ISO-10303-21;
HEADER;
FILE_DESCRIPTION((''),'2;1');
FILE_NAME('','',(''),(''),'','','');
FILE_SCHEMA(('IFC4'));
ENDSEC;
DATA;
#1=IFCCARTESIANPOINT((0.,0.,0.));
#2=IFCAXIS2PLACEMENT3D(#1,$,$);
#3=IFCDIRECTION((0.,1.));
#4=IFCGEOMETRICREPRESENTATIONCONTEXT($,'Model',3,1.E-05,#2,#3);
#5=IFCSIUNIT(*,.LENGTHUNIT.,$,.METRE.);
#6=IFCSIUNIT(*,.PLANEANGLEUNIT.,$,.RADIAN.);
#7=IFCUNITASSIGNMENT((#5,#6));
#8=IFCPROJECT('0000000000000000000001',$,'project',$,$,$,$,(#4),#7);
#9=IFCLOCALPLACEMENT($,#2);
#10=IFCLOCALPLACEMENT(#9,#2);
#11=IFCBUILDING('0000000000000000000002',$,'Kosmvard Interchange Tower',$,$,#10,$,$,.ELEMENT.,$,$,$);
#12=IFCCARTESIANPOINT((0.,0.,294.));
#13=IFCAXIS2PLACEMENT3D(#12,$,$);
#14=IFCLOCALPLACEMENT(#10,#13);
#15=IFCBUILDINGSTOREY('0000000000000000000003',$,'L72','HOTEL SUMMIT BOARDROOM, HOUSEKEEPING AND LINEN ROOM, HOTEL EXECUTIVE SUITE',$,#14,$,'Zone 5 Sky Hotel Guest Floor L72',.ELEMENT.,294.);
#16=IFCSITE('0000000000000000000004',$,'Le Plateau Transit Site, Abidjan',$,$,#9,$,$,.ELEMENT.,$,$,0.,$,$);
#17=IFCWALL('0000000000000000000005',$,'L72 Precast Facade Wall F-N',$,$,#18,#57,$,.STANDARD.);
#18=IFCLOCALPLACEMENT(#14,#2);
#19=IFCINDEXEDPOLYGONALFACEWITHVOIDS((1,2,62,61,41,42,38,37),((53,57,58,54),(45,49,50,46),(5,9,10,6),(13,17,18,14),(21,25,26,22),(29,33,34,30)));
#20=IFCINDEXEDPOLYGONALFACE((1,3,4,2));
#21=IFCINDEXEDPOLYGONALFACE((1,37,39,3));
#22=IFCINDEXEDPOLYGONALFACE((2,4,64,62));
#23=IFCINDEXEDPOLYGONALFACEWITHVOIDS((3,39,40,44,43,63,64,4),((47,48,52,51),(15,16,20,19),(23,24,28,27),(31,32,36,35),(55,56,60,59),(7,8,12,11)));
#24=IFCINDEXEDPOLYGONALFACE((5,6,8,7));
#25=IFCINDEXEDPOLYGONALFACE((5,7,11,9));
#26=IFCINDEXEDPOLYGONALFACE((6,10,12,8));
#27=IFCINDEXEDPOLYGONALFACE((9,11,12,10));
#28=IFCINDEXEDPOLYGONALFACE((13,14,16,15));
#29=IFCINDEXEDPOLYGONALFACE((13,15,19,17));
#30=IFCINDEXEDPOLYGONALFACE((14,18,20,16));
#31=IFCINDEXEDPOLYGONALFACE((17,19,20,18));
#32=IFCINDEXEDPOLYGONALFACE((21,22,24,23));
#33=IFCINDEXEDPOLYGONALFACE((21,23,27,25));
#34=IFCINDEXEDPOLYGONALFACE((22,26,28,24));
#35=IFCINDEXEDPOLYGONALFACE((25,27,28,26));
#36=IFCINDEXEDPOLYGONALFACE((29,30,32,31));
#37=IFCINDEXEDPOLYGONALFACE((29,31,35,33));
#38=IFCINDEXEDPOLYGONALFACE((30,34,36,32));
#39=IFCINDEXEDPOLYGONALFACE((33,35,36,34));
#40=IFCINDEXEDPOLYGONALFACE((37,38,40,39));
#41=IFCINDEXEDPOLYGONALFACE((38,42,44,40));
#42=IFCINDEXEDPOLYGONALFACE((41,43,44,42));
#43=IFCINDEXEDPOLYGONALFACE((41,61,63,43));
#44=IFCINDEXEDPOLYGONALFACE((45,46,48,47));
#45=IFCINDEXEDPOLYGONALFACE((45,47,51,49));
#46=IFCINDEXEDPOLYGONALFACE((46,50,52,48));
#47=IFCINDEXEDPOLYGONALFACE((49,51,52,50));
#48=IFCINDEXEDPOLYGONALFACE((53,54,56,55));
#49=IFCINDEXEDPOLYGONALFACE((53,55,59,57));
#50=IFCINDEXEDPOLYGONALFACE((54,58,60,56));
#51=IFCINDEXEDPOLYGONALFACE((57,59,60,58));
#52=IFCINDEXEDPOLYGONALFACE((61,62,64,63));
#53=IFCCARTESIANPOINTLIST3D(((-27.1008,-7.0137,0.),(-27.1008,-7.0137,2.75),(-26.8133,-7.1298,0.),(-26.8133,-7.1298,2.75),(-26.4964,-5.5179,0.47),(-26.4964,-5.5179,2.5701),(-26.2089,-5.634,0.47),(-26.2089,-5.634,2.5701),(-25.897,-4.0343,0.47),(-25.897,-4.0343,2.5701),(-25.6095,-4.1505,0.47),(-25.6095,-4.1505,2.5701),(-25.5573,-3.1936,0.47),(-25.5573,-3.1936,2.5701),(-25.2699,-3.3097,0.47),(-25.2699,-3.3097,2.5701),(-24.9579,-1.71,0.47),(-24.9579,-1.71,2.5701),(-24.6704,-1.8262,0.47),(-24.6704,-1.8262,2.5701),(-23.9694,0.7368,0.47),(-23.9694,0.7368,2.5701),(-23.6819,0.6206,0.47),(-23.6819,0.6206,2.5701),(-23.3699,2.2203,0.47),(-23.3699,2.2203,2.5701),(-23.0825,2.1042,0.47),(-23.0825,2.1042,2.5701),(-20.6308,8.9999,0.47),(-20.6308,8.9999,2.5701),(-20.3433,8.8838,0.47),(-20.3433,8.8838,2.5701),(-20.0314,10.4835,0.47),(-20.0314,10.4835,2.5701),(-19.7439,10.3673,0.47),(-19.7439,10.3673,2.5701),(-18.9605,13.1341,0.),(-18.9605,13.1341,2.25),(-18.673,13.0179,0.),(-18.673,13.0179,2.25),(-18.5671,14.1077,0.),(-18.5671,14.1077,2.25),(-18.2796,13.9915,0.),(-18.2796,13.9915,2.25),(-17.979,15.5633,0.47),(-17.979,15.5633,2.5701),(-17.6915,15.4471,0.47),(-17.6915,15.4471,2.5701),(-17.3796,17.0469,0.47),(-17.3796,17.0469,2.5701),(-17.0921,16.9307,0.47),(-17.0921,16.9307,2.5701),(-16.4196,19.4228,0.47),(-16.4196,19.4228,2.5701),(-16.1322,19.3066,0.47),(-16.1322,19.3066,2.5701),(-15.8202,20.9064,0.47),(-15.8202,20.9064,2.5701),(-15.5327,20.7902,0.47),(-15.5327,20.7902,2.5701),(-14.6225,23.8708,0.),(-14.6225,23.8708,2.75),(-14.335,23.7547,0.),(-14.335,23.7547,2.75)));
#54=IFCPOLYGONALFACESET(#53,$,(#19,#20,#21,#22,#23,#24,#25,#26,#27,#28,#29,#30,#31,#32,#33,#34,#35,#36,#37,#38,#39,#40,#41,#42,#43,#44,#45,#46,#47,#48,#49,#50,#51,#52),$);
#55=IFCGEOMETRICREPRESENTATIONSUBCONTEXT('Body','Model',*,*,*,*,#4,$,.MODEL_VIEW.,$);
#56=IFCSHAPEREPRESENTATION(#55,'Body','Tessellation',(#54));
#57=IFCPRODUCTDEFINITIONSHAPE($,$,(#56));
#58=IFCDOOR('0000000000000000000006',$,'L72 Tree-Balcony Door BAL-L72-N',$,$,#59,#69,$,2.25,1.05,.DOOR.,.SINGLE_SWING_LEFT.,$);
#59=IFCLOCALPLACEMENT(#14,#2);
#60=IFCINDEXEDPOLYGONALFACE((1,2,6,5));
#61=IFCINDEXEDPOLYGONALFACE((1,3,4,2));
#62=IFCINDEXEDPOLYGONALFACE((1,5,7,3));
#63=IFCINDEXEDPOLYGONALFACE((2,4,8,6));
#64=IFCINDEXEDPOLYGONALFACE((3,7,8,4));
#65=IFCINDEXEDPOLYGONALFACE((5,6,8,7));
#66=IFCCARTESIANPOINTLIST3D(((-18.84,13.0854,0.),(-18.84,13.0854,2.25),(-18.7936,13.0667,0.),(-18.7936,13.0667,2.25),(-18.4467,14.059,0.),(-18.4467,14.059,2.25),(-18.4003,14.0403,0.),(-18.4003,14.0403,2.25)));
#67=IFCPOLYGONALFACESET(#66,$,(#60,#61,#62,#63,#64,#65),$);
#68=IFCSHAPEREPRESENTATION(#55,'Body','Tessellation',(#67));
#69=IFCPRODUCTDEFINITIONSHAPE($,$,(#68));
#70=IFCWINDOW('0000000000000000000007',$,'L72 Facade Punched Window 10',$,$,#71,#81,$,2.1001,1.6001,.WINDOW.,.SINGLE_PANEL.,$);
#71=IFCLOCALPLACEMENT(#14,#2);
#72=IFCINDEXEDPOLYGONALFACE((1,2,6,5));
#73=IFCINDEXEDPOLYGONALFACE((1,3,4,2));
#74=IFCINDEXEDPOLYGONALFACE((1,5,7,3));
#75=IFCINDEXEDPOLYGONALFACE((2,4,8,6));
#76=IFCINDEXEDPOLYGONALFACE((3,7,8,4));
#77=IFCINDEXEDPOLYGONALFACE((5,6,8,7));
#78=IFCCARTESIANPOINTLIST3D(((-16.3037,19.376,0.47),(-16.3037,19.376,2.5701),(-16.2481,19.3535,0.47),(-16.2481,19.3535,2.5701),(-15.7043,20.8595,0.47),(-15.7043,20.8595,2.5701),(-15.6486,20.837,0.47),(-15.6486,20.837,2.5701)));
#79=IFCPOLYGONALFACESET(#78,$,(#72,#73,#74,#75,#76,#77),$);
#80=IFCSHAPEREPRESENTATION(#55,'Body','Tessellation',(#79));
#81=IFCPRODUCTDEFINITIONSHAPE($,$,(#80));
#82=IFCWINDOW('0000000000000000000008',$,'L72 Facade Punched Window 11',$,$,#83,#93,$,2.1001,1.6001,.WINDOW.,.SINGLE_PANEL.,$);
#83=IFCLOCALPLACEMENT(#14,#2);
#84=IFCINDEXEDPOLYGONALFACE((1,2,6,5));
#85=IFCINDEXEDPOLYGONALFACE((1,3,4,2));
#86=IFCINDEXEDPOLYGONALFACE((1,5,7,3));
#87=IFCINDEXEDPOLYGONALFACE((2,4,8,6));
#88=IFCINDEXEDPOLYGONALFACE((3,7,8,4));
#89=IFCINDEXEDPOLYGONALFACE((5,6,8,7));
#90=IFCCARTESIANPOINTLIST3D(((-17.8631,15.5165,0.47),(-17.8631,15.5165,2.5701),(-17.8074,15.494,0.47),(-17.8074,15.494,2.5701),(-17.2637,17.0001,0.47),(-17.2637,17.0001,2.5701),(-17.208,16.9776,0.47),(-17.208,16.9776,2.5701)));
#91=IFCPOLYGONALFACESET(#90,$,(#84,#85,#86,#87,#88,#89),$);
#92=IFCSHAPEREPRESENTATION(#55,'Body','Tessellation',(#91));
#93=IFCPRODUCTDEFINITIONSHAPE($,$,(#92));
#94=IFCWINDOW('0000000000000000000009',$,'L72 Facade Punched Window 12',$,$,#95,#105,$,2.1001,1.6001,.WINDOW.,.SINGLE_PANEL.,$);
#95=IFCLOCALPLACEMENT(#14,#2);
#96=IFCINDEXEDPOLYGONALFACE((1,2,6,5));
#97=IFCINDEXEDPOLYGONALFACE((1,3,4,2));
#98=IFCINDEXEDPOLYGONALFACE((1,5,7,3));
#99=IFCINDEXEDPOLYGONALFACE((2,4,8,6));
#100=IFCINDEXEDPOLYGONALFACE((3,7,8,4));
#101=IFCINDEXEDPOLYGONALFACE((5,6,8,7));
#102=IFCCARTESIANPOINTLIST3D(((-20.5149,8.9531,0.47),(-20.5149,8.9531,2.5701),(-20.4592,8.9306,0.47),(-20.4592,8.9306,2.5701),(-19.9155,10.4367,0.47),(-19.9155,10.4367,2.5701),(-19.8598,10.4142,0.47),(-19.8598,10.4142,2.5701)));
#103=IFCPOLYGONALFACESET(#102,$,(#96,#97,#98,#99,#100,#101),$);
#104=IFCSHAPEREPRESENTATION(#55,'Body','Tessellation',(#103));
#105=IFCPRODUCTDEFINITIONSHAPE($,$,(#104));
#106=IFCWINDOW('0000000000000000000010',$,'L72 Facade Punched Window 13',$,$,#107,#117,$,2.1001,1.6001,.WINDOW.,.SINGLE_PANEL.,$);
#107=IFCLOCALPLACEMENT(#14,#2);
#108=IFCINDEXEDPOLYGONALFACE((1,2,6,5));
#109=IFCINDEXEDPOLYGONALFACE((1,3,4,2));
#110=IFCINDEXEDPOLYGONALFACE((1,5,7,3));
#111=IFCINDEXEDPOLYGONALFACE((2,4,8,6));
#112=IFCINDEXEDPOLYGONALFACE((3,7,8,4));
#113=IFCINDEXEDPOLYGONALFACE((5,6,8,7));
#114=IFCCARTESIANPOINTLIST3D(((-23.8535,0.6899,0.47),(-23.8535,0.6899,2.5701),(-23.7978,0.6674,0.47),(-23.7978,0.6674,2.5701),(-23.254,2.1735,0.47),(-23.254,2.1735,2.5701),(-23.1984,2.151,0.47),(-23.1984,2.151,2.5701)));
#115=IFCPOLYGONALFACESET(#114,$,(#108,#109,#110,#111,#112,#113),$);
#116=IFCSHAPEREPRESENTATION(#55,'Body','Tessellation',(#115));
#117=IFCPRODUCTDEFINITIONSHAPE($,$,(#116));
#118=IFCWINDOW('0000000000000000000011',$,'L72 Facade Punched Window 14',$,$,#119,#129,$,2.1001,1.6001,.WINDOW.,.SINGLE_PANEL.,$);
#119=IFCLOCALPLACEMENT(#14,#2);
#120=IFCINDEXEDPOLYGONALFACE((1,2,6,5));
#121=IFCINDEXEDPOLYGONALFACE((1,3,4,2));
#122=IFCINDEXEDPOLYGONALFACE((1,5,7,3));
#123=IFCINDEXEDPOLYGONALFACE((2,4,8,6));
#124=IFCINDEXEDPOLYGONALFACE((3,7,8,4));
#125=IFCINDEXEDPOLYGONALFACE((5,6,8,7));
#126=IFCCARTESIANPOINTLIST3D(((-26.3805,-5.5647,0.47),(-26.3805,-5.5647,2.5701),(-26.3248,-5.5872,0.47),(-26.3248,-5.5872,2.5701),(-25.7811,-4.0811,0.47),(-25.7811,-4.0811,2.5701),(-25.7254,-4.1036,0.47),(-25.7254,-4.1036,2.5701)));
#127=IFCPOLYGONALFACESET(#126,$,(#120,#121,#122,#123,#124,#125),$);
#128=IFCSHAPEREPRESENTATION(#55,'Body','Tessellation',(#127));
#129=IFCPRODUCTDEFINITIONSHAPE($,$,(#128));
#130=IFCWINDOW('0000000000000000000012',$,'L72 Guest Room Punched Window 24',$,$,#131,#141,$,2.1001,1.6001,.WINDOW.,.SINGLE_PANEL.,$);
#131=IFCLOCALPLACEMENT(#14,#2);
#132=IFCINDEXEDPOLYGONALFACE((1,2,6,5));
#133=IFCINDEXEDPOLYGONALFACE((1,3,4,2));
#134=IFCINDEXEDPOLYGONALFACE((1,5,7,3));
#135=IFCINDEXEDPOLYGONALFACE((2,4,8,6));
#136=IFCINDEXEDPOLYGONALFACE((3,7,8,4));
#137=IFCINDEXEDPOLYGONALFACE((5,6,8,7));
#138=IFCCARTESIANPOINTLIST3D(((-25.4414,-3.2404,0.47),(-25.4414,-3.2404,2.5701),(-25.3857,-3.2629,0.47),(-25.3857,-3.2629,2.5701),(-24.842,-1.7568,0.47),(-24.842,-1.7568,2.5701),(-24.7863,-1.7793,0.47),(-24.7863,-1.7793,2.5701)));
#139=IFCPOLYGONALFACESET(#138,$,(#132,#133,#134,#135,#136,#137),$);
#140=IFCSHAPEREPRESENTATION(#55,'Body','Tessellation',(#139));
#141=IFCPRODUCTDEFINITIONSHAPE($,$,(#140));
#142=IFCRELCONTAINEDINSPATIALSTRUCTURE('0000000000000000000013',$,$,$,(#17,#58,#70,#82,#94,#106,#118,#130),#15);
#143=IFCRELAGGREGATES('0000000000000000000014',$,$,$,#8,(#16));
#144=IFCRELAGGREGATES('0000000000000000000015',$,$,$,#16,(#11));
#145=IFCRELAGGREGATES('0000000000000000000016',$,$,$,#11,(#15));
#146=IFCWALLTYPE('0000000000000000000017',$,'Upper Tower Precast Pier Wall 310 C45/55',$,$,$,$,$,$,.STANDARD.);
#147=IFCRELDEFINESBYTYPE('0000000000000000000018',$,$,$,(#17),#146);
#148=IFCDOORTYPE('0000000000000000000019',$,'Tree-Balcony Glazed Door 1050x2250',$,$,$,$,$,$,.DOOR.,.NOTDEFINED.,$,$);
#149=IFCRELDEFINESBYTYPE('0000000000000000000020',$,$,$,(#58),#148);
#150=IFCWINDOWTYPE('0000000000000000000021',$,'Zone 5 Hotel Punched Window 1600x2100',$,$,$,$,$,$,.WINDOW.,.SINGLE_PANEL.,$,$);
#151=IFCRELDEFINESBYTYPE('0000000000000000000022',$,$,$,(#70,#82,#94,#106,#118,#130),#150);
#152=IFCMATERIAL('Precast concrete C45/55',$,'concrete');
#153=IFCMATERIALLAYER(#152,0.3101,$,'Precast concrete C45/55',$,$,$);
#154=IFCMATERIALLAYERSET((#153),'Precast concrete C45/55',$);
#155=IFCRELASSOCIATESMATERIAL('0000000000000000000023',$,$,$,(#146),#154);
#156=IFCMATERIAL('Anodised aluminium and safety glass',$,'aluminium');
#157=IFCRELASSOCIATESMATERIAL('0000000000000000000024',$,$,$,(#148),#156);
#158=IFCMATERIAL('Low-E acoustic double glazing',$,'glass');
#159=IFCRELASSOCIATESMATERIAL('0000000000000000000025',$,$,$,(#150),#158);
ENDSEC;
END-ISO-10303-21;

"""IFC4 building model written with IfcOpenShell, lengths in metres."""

from ifc_helpers import new_model, si_unit, direction, frame, frame_2d, origin, place, context, subcontext, project, spatial, rectangle, extrude, source, transform, mapped, material, layer, layer_set, type_object, element, fill, save


model = new_model("IFC4")

# Units and contexts
model_context = context("Model", 3, precision=1e-05, world=origin(), true_north=direction((0.0, 1.0)))
body_context = subcontext(model_context, "Body", "Model", "MODEL_VIEW")
ifc_project = project(units=[si_unit("LENGTHUNIT", "METRE"), si_unit("PLANEANGLEUNIT", "RADIAN")], contexts=[model_context])

# Site, building, storey
site_placement = place(None, origin())
site = spatial("IfcSite", under=ifc_project, at=site_placement, Name="Le Plateau Transit Site, Abidjan", CompositionType="ELEMENT", RefElevation=0.0)
building_placement = place(site_placement, origin())
building = spatial("IfcBuilding", under=site, at=building_placement, Name="Kosmvard Interchange Tower", CompositionType="ELEMENT")
storey_placement = place(building_placement, frame((0.0, 0.0, 294.0)))
storey = spatial("IfcBuildingStorey", under=building, at=storey_placement, Name="L72", Description="HOTEL SUMMIT BOARDROOM, HOUSEKEEPING AND LINEN ROOM, HOTEL EXECUTIVE SUITE", LongName="Zone 5 Sky Hotel Guest Floor L72", CompositionType="ELEMENT", Elevation=294.0)

# Wall, openings, door, windows
ifc_material_1 = material(Name="Precast concrete C45/55", Category="concrete")
ifc_layer_1 = layer(ifc_material_1, 0.3101, Name="Precast concrete C45/55")
ifc_layer_set_1 = layer_set([ifc_layer_1], Name="Precast concrete C45/55")
wall_type = type_object("IfcWallType", Name="Upper Tower Precast Pier Wall 310 C45/55", PredefinedType="STANDARD", material=ifc_layer_set_1)
wall_placement = place(storey_placement, frame((-14.4788, 23.8127, 0.0), z_axis=(0.0, 0.0, 1.0), x_axis=(-0.37461, -0.927183, 0.0)))
wall = element("IfcWall", 1, at=wall_placement, inside=storey, type_object=wall_type, Name="L72 Precast Facade Wall F-N", PredefinedType="STANDARD", context=body_context, shape_type="SweptSolid", body=[
    extrude(rectangle(XDim=33.3101, YDim=0.3101, at=frame_2d((16.655, 0.0))), origin(), (0.0, 0.0, 1.0), 2.75),
])
opening_1_placement = place(wall_placement, frame((10.53, 0.0, 0.0)))
opening_1 = element("IfcOpeningElement", 2, at=opening_1_placement, cuts=wall, PredefinedType="OPENING", context=body_context, shape_type="SweptSolid", body=[
    extrude(rectangle(XDim=1.05, YDim=2.25, at=frame_2d((0.5249, 1.125))), frame((0.0, 0.165, 0.0), z_axis=(0.0, -1.0, 0.0), x_axis=(1.0, 0.0, 0.0)), (0.0, 0.0, 1.0), 0.3301),
])
opening_2_placement = place(wall_placement, frame((3.1973, 0.0, 0.47)))
opening_2 = element("IfcOpeningElement", 3, at=opening_2_placement, cuts=wall, PredefinedType="OPENING", context=body_context, shape_type="SweptSolid", body=[
    extrude(rectangle(XDim=1.6001, YDim=2.1001, at=frame_2d((0.8, 1.05))), frame((0.0, 0.165, 0.0), z_axis=(0.0, -1.0, 0.0), x_axis=(1.0, 0.0, 0.0)), (0.0, 0.0, 1.0), 0.3301),
])
opening_3_placement = place(wall_placement, frame((7.3599, 0.0, 0.47)))
opening_3 = element("IfcOpeningElement", 4, at=opening_3_placement, cuts=wall, PredefinedType="OPENING", context=body_context, shape_type="SweptSolid", body=[
    extrude(rectangle(XDim=1.6001, YDim=2.1001, at=frame_2d((0.8, 1.05))), frame((0.0, 0.165, 0.0), z_axis=(0.0, -1.0, 0.0), x_axis=(1.0, 0.0, 0.0)), (0.0, 0.0, 1.0), 0.3301),
])
opening_4_placement = place(wall_placement, frame((14.4387, 0.0, 0.47)))
opening_4 = element("IfcOpeningElement", 5, at=opening_4_placement, cuts=wall, PredefinedType="OPENING", context=body_context, shape_type="SweptSolid", body=[
    extrude(rectangle(XDim=1.6001, YDim=2.1001, at=frame_2d((0.8, 1.05))), frame((0.0, 0.165, 0.0), z_axis=(0.0, -1.0, 0.0), x_axis=(1.0, 0.0, 0.0)), (0.0, 0.0, 1.0), 0.3301),
])
opening_5_placement = place(wall_placement, frame((23.3508, 0.0, 0.47)))
opening_5 = element("IfcOpeningElement", 6, at=opening_5_placement, cuts=wall, PredefinedType="OPENING", context=body_context, shape_type="SweptSolid", body=[
    extrude(rectangle(XDim=1.6001, YDim=2.1001, at=frame_2d((0.8, 1.05))), frame((0.0, 0.165, 0.0), z_axis=(0.0, -1.0, 0.0), x_axis=(1.0, 0.0, 0.0)), (0.0, 0.0, 1.0), 0.3301),
])
opening_6_placement = place(wall_placement, frame((30.0967, 0.0, 0.47)))
opening_6 = element("IfcOpeningElement", 7, at=opening_6_placement, cuts=wall, PredefinedType="OPENING", context=body_context, shape_type="SweptSolid", body=[
    extrude(rectangle(XDim=1.6001, YDim=2.1001, at=frame_2d((0.8, 1.05))), frame((0.0, 0.165, 0.0), z_axis=(0.0, -1.0, 0.0), x_axis=(1.0, 0.0, 0.0)), (0.0, 0.0, 1.0), 0.3301),
])
opening_7_placement = place(wall_placement, frame((27.5898, 0.0, 0.47)))
opening_7 = element("IfcOpeningElement", 8, at=opening_7_placement, cuts=wall, PredefinedType="OPENING", context=body_context, shape_type="SweptSolid", body=[
    extrude(rectangle(XDim=1.6001, YDim=2.1001, at=frame_2d((0.8, 1.05))), frame((0.0, 0.165, 0.0), z_axis=(0.0, -1.0, 0.0), x_axis=(1.0, 0.0, 0.0)), (0.0, 0.0, 1.0), 0.3301),
])
ifc_material_2 = material(Name="Anodised aluminium and safety glass", Category="aluminium")
door_type = type_object("IfcDoorType", Name="Tree-Balcony Glazed Door 1050x2250", OperationType="NOTDEFINED", PredefinedType="DOOR", material=ifc_material_2)
shared_shape_1 = source(origin(), body_context, "Body", "SweptSolid", [
    extrude(rectangle(XDim=1.05, YDim=2.25, at=frame_2d((0.5249, 1.125))), frame((0.0, 0.0249, 0.0), z_axis=(0.0, -1.0, 0.0), x_axis=(1.0, 0.0, 0.0)), (0.0, 0.0, 1.0), 0.05),
])
door_placement = place(opening_1_placement, origin())
door = element("IfcDoor", 9, at=door_placement, inside=storey, type_object=door_type, Name="L72 Tree-Balcony Door BAL-L72-N", OperationType="SINGLE_SWING_LEFT", OverallHeight=2.25, OverallWidth=1.05, PredefinedType="DOOR", context=body_context, shape_type="MappedRepresentation", body=[
    mapped(shared_shape_1, transform((0.0, 0.0, 0.0), scale=1.0)),
])
fill(opening_1, door)
ifc_material_3 = material(Name="Low-E acoustic double glazing", Category="glass")
window_type = type_object("IfcWindowType", Name="Zone 5 Hotel Punched Window 1600x2100", PartitioningType="SINGLE_PANEL", PredefinedType="WINDOW", material=ifc_material_3)
shared_shape_2 = source(origin(), body_context, "Body", "SweptSolid", [
    extrude(rectangle(XDim=1.6001, YDim=2.1001, at=frame_2d((0.8, 1.05))), frame((0.0, 0.03, 0.0), z_axis=(0.0, -1.0, 0.0), x_axis=(1.0, 0.0, 0.0)), (0.0, 0.0, 1.0), 0.0601),
])
window_1_placement = place(opening_2_placement, origin())
window_1 = element("IfcWindow", 10, at=window_1_placement, inside=storey, type_object=window_type, Name="L72 Facade Punched Window 10", OverallHeight=2.1001, OverallWidth=1.6001, PartitioningType="SINGLE_PANEL", PredefinedType="WINDOW", context=body_context, shape_type="MappedRepresentation", body=[
    mapped(shared_shape_2, transform((0.0, 0.0, 0.0), scale=1.0)),
])
fill(opening_2, window_1)
window_2_placement = place(opening_3_placement, origin())
window_2 = element("IfcWindow", 11, at=window_2_placement, inside=storey, type_object=window_type, Name="L72 Facade Punched Window 11", OverallHeight=2.1001, OverallWidth=1.6001, PartitioningType="SINGLE_PANEL", PredefinedType="WINDOW", context=body_context, shape_type="MappedRepresentation", body=[
    mapped(shared_shape_2, transform((0.0, 0.0, 0.0), scale=1.0)),
])
fill(opening_3, window_2)
window_3_placement = place(opening_4_placement, origin())
window_3 = element("IfcWindow", 12, at=window_3_placement, inside=storey, type_object=window_type, Name="L72 Facade Punched Window 12", OverallHeight=2.1001, OverallWidth=1.6001, PartitioningType="SINGLE_PANEL", PredefinedType="WINDOW", context=body_context, shape_type="MappedRepresentation", body=[
    mapped(shared_shape_2, transform((0.0, 0.0, 0.0), scale=1.0)),
])
fill(opening_4, window_3)
window_4_placement = place(opening_5_placement, origin())
window_4 = element("IfcWindow", 13, at=window_4_placement, inside=storey, type_object=window_type, Name="L72 Facade Punched Window 13", OverallHeight=2.1001, OverallWidth=1.6001, PartitioningType="SINGLE_PANEL", PredefinedType="WINDOW", context=body_context, shape_type="MappedRepresentation", body=[
    mapped(shared_shape_2, transform((0.0, 0.0, 0.0), scale=1.0)),
])
fill(opening_5, window_4)
window_5_placement = place(opening_6_placement, origin())
window_5 = element("IfcWindow", 14, at=window_5_placement, inside=storey, type_object=window_type, Name="L72 Facade Punched Window 14", OverallHeight=2.1001, OverallWidth=1.6001, PartitioningType="SINGLE_PANEL", PredefinedType="WINDOW", context=body_context, shape_type="MappedRepresentation", body=[
    mapped(shared_shape_2, transform((0.0, 0.0, 0.0), scale=1.0)),
])
fill(opening_6, window_5)
window_6_placement = place(opening_7_placement, origin())
window_6 = element("IfcWindow", 15, at=window_6_placement, inside=storey, type_object=window_type, Name="L72 Guest Room Punched Window 24", OverallHeight=2.1001, OverallWidth=1.6001, PartitioningType="SINGLE_PANEL", PredefinedType="WINDOW", context=body_context, shape_type="MappedRepresentation", body=[
    mapped(shared_shape_2, transform((0.0, 0.0, 0.0), scale=1.0)),
])
fill(opening_7, window_6)

save(model, "model.ifc")
